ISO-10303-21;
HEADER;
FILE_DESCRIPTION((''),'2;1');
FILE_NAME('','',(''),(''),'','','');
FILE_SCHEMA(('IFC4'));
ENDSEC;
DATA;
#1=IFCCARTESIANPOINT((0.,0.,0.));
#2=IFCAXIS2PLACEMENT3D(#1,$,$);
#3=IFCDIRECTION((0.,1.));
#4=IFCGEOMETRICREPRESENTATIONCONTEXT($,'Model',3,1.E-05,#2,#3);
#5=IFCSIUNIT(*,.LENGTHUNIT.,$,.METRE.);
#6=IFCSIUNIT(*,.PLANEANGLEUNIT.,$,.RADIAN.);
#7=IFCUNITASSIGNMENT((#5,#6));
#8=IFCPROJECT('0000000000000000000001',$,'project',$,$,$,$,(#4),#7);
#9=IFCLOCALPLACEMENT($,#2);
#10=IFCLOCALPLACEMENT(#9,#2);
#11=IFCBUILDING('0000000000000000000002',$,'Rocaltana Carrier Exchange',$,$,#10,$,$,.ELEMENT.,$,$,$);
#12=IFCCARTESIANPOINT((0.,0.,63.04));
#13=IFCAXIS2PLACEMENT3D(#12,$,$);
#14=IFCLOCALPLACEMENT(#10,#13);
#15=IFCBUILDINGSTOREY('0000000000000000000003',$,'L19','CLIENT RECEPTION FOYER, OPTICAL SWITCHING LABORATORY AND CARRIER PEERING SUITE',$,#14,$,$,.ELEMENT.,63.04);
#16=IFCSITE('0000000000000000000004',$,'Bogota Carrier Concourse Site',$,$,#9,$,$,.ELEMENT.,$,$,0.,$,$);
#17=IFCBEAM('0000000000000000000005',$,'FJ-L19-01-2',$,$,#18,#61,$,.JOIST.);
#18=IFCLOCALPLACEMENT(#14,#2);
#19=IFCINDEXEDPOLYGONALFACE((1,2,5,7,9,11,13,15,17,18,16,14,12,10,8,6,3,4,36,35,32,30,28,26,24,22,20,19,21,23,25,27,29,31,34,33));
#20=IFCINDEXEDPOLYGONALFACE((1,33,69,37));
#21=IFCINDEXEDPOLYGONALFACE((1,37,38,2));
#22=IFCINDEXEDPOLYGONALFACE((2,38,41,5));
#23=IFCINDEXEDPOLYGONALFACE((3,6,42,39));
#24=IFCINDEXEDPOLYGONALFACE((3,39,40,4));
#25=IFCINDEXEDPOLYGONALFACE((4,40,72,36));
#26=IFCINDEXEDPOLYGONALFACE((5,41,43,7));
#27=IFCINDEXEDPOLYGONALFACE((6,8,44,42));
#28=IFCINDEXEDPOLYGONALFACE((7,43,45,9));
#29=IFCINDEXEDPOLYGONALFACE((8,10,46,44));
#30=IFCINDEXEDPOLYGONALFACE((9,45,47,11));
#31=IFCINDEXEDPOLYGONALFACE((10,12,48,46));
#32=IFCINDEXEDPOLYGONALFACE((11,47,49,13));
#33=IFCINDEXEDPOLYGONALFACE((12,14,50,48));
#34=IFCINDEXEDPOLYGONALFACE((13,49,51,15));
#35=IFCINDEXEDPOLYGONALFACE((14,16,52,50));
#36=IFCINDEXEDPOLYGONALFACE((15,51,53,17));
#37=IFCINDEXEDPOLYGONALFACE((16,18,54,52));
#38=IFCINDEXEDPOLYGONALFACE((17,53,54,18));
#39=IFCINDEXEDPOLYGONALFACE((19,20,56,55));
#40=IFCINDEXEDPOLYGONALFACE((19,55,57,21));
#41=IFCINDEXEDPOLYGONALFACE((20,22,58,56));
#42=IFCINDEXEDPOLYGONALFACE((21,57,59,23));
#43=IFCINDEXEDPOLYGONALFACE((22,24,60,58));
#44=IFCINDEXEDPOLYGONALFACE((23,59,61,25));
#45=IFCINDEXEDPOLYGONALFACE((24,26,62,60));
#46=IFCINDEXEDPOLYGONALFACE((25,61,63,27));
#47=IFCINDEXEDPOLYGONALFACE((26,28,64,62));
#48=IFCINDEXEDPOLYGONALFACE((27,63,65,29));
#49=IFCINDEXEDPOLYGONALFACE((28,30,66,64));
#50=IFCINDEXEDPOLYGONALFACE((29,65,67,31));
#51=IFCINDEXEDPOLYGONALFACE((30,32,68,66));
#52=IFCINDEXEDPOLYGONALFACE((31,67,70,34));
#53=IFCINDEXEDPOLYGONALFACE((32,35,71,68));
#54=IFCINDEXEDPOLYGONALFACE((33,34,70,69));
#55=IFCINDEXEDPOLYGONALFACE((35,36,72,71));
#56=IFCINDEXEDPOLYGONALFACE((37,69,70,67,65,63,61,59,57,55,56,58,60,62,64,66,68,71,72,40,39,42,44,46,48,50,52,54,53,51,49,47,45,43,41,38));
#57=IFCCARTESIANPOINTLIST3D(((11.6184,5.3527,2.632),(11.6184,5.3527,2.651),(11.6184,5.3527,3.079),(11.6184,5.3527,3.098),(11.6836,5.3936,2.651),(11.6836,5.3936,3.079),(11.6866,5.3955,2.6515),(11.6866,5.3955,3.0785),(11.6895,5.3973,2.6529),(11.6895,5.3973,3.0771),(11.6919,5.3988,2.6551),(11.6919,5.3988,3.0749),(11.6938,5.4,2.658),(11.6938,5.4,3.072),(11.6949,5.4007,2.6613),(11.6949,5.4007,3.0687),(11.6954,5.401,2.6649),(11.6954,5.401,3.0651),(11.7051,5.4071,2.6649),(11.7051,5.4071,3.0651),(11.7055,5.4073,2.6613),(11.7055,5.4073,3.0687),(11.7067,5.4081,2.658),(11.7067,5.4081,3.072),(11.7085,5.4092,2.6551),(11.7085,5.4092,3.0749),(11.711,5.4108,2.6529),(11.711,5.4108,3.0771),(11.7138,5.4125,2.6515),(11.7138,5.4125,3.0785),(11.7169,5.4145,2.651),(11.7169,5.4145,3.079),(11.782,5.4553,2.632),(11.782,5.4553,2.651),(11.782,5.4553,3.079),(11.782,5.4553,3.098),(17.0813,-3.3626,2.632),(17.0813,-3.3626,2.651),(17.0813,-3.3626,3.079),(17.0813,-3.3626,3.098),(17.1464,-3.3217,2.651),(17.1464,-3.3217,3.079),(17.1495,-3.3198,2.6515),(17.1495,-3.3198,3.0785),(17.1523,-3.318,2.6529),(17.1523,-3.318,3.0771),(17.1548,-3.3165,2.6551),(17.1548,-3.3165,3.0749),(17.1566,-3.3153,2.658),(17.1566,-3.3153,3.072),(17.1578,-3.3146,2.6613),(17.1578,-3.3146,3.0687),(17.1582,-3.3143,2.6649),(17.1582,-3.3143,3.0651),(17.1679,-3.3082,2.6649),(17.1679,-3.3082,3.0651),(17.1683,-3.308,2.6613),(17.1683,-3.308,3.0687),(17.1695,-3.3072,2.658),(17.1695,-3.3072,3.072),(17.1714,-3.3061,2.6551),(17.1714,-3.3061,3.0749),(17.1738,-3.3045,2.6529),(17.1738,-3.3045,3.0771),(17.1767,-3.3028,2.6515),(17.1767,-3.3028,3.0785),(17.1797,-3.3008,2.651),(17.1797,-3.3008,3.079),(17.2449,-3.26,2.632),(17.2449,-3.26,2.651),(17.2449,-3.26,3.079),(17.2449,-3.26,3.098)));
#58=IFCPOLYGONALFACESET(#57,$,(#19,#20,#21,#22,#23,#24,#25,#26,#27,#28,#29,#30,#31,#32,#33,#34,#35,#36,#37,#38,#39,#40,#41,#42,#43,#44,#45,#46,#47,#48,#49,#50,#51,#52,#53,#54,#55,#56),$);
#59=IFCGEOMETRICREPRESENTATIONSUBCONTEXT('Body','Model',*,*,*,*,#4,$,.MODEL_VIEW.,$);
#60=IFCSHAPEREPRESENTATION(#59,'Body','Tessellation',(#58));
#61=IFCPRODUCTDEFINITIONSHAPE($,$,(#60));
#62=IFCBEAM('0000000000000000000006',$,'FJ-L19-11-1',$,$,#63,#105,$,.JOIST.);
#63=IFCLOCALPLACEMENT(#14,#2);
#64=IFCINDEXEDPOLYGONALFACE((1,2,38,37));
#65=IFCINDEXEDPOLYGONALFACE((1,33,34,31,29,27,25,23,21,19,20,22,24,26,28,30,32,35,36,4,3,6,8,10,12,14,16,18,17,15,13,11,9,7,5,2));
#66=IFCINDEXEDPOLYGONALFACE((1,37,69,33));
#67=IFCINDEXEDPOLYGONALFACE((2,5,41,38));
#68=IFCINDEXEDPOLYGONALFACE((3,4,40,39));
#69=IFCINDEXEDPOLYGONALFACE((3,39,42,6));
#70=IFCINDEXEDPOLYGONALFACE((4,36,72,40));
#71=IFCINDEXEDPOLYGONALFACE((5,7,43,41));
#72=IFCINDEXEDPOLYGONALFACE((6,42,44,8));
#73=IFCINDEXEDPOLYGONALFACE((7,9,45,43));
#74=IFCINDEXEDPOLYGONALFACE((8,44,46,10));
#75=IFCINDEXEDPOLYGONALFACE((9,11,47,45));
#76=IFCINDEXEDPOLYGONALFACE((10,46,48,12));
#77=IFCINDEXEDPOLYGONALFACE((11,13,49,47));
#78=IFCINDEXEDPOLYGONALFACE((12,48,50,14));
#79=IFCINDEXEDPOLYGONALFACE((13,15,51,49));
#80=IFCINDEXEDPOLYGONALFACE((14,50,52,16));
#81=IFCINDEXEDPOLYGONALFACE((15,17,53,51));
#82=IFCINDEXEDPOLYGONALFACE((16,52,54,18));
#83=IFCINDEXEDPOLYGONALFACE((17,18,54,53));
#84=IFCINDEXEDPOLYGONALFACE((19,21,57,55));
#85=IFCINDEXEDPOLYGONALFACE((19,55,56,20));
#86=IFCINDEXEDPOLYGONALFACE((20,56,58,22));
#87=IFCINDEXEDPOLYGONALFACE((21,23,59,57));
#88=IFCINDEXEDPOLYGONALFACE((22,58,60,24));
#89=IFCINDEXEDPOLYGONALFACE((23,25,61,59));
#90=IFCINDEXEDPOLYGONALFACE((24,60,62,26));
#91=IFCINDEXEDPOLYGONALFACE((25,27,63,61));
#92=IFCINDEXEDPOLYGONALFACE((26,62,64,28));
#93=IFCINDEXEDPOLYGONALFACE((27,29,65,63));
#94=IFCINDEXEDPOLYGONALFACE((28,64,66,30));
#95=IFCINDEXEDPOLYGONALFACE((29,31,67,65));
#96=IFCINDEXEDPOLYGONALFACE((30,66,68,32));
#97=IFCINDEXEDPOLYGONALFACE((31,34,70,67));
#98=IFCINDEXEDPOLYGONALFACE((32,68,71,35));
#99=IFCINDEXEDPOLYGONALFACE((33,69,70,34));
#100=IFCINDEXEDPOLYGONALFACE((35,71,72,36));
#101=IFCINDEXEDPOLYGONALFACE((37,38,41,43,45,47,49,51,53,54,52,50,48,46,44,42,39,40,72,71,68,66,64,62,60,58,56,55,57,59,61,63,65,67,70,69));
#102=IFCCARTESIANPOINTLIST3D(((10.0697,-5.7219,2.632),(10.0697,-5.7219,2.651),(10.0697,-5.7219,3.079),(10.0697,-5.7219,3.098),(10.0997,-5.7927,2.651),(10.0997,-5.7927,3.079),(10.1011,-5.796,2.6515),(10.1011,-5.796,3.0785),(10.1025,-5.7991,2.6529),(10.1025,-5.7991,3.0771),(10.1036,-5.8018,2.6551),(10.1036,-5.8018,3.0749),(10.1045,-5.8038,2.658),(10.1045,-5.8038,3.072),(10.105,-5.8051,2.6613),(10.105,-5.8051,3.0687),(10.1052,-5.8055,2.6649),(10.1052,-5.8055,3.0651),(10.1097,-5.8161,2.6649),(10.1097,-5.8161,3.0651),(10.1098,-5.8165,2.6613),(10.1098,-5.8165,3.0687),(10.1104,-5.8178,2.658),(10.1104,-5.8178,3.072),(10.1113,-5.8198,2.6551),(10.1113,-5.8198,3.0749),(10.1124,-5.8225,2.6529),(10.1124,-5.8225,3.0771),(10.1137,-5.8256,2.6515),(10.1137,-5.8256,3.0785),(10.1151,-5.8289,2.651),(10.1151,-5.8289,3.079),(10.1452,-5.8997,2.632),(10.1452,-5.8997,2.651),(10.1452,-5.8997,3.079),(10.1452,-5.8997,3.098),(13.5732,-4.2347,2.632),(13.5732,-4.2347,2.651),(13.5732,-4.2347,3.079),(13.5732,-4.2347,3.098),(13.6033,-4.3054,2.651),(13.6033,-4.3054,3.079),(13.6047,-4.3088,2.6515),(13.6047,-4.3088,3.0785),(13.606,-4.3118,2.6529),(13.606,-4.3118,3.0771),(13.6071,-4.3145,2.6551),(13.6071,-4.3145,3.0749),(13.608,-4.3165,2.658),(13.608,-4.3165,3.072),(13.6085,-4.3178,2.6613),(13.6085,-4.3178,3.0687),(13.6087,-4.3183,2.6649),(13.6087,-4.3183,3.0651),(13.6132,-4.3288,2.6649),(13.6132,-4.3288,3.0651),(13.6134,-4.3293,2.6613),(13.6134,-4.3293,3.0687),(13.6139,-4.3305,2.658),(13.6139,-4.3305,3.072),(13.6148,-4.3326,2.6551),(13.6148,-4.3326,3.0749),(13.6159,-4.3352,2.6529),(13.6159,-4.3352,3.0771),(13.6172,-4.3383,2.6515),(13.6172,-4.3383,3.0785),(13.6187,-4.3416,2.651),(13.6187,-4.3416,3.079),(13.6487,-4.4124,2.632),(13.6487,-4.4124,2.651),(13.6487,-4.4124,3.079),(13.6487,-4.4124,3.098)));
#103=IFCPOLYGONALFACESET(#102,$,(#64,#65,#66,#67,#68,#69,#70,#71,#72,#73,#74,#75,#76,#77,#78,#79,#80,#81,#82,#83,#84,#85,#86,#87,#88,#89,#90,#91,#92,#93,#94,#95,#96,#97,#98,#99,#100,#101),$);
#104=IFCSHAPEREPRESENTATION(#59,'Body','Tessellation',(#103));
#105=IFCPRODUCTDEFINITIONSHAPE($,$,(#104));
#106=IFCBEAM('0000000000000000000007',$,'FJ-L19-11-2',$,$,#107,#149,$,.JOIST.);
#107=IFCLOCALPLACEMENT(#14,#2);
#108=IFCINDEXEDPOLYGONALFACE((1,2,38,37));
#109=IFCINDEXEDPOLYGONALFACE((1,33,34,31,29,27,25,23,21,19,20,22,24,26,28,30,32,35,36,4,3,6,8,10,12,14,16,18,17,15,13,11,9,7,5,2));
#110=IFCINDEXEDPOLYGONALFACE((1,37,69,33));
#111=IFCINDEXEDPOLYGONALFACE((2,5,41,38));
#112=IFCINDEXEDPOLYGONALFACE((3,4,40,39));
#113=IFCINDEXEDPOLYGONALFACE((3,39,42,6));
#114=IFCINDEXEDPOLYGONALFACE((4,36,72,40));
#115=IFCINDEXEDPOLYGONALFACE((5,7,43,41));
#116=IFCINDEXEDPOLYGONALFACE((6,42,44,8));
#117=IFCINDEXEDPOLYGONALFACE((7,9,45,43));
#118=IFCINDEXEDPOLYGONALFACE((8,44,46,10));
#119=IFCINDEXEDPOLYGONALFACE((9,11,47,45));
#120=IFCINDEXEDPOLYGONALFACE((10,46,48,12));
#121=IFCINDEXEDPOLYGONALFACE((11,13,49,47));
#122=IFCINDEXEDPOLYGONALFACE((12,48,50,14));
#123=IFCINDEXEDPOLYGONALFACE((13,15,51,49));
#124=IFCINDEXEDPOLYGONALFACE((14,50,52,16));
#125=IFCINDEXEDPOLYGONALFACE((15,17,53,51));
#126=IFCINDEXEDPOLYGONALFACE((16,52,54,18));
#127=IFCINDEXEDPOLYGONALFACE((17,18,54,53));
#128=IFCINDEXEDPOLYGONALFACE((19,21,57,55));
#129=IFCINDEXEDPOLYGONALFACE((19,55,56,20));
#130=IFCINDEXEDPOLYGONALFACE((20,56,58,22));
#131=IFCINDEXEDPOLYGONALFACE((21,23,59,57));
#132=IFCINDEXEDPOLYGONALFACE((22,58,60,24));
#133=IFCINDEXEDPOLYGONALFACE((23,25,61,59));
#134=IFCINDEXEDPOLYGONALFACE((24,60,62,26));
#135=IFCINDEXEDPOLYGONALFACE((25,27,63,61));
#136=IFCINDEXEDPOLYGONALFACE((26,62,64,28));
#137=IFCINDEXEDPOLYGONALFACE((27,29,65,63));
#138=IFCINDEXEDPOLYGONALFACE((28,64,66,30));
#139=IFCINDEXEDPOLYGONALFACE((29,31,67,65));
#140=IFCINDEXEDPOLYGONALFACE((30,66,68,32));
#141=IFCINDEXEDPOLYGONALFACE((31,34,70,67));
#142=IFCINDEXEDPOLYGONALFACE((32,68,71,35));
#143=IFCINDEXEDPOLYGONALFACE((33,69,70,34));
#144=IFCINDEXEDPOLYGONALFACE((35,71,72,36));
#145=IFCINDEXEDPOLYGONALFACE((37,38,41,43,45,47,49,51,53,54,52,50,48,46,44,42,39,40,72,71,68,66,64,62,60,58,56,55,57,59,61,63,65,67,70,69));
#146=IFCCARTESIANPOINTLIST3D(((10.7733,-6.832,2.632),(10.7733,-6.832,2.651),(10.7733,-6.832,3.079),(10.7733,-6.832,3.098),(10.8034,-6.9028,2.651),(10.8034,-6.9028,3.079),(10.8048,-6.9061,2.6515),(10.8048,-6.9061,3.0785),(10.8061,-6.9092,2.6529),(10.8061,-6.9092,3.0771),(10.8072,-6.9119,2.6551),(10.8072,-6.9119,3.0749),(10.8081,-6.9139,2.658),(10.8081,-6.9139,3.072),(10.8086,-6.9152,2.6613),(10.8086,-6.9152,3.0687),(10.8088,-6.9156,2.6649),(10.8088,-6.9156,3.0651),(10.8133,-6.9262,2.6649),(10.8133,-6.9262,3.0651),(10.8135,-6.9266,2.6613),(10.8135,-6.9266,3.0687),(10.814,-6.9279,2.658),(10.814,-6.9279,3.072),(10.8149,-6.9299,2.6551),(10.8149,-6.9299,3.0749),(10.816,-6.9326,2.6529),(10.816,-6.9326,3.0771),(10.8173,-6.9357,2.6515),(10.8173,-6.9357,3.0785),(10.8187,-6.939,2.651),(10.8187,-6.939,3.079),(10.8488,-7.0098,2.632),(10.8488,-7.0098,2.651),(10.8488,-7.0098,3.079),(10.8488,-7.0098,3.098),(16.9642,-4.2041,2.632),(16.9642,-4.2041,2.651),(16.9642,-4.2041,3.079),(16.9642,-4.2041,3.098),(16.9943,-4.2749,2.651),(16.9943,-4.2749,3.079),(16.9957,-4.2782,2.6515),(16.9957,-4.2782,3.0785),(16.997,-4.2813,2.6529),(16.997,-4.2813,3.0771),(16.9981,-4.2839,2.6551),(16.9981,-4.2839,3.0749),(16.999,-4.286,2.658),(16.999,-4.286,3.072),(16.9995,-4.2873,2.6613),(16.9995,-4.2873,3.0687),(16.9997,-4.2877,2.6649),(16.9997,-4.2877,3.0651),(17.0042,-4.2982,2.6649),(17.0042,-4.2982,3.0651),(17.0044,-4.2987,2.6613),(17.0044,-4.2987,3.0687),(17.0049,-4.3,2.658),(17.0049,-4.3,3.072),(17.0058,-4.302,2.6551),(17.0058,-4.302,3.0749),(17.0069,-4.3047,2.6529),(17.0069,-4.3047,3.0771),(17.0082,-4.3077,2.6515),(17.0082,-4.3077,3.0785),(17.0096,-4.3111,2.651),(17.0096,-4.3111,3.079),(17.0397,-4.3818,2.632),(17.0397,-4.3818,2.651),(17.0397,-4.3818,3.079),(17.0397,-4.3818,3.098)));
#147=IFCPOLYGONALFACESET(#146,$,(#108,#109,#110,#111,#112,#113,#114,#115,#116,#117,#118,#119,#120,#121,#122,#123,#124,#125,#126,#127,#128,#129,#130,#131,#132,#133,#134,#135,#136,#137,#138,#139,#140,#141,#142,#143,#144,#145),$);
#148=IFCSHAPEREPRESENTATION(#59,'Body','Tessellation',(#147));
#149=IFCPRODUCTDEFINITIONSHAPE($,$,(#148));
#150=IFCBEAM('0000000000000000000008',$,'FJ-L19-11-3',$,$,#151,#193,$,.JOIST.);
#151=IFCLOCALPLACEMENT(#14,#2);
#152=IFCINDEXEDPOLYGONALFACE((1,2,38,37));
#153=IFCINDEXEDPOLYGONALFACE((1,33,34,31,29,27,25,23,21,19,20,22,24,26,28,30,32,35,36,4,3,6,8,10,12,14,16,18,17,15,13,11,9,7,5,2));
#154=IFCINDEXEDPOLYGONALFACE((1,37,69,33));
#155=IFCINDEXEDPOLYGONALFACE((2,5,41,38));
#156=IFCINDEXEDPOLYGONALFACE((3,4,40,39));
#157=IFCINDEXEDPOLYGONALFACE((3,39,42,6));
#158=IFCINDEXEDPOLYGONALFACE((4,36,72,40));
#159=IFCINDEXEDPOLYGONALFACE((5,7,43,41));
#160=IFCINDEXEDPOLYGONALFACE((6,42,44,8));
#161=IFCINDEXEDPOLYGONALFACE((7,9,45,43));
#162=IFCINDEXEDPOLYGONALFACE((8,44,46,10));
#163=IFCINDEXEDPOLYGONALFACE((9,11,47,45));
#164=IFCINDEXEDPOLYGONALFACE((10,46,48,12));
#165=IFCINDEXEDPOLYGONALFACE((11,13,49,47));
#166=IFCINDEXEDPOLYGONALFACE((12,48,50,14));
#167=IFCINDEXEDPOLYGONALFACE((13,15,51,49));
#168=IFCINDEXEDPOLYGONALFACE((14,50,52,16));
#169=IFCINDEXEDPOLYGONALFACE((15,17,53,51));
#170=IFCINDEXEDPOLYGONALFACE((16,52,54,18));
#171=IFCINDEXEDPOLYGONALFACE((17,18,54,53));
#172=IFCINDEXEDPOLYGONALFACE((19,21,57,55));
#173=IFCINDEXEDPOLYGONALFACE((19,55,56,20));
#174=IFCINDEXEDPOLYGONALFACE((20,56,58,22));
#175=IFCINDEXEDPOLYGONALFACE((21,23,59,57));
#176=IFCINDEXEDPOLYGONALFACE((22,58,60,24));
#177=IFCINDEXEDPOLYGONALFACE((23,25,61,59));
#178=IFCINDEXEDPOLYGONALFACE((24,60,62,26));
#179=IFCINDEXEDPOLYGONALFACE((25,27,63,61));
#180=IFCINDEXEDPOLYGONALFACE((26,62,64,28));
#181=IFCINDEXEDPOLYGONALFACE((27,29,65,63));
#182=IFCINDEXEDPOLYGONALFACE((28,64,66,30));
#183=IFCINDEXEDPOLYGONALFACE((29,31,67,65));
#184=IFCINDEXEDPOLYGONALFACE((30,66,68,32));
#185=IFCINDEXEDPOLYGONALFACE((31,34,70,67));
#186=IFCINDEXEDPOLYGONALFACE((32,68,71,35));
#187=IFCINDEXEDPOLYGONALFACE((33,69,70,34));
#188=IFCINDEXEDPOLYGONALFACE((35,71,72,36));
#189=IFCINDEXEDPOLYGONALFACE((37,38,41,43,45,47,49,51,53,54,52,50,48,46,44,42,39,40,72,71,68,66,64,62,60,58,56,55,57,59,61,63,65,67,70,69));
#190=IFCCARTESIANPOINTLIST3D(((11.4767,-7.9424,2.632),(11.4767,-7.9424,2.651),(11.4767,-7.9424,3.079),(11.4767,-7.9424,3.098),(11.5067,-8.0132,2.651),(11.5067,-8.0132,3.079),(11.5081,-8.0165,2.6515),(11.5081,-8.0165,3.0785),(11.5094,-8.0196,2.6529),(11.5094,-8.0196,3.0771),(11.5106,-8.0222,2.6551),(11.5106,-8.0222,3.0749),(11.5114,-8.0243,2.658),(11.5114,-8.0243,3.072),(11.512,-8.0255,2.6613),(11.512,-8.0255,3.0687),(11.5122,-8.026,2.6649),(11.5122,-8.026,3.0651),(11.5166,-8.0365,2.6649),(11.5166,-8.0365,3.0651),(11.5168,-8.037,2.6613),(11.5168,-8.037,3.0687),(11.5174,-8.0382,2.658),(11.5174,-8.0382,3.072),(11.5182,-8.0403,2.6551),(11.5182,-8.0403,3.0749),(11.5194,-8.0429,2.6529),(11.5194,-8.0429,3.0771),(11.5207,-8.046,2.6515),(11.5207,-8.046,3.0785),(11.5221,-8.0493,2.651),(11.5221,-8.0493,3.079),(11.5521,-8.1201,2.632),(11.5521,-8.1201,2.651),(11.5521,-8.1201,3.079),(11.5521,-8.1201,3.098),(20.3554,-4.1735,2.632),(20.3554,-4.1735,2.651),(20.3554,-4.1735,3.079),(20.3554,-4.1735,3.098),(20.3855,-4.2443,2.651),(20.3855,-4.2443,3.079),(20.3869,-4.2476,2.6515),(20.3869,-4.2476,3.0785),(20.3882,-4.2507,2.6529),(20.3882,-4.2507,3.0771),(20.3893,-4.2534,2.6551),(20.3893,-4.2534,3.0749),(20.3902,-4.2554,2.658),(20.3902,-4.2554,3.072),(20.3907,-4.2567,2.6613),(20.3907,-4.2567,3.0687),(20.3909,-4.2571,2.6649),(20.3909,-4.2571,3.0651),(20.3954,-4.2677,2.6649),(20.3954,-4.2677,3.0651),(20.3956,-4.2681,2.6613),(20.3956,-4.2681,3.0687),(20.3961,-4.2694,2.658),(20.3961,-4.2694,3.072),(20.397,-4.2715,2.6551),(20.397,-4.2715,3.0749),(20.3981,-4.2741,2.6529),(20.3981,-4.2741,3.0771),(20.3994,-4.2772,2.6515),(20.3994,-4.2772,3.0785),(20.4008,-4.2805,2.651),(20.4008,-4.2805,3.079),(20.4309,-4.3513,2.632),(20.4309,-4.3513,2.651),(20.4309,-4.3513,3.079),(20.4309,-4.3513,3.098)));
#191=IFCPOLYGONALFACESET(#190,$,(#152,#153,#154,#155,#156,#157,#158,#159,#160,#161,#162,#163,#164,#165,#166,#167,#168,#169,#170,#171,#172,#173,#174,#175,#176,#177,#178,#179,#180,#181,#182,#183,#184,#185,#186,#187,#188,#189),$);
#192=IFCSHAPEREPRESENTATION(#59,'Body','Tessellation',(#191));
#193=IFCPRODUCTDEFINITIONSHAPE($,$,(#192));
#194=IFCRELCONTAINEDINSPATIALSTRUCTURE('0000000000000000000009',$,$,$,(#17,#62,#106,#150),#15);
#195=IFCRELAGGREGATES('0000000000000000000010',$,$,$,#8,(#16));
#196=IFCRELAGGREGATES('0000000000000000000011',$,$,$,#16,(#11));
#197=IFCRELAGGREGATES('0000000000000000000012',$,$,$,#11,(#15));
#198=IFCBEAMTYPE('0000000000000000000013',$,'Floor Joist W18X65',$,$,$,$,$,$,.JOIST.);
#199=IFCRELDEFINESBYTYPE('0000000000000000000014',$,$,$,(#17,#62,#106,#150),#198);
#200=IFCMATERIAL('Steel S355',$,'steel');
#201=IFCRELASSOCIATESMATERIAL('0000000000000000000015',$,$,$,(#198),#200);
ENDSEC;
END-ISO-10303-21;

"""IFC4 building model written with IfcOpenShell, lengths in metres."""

from ifc_helpers import new_model, si_unit, direction, frame, origin, origin_2d, place, context, subcontext, project, spatial, i_section, extrude, material, material_profile, profile_set, type_object, element, save


model = new_model("IFC4")

# Units and contexts
model_context = context("Model", 3, precision=1e-05, world=origin(), true_north=direction((0.0, 1.0)))
body_context = subcontext(model_context, "Body", "Model", "MODEL_VIEW")
ifc_project = project(units=[si_unit("LENGTHUNIT", "METRE"), si_unit("PLANEANGLEUNIT", "RADIAN")], contexts=[model_context])

# Site, building, storey
site_placement = place(None, origin())
site = spatial("IfcSite", under=ifc_project, at=site_placement, Name="Bogota Carrier Concourse Site", CompositionType="ELEMENT", RefElevation=0.0)
building_placement = place(site_placement, origin())
building = spatial("IfcBuilding", under=site, at=building_placement, Name="Rocaltana Carrier Exchange", CompositionType="ELEMENT")
storey_placement = place(building_placement, frame((0.0, 0.0, 63.04)))
storey = spatial("IfcBuildingStorey", under=building, at=storey_placement, Name="L19", Description="CLIENT RECEPTION FOYER, OPTICAL SWITCHING LABORATORY AND CARRIER PEERING SUITE", CompositionType="ELEMENT", Elevation=63.04)

# Beams
ifc_material_1 = material(Name="Steel S355", Category="steel")
ifc_material_profile_1 = material_profile(ifc_material_1, i_section(OverallWidth=0.1931, OverallDepth=0.4661, WebThickness=0.0115, FlangeThickness=0.019, FilletRadius=0.0139, at=origin_2d()), Name="W18X65")
ifc_profile_set_1 = profile_set([ifc_material_profile_1], Name="Steel S355")
beam_type_1 = type_object("IfcBeamType", Name="Floor Joist W18X65", PredefinedType="JOIST", material=ifc_profile_set_1)
beam_1_placement = place(storey_placement, frame((17.1631, -3.3113, 2.865), z_axis=(-0.531104, 0.847307, 0.0), x_axis=(-0.847307, -0.531104, 0.0)))
element("IfcBeam", 1, at=beam_1_placement, inside=storey, type_object=beam_type_1, Name="FJ-L19-01-2", PredefinedType="JOIST", context=body_context, shape_type="SweptSolid", body=[
    extrude(i_section(OverallWidth=0.1931, OverallDepth=0.4661, WebThickness=0.0115, FlangeThickness=0.019, FilletRadius=0.0139, at=origin_2d()), origin(), (0.0, 0.0, 1.0), 10.2859),
])
beam_2_placement = place(storey_placement, frame((10.1074, -5.8108, 2.865), z_axis=(0.920497, 0.390751, 0.0), x_axis=(-0.390751, 0.920497, 0.0)))
element("IfcBeam", 2, at=beam_2_placement, inside=storey, type_object=beam_type_1, Name="FJ-L19-11-1", PredefinedType="JOIST", context=body_context, shape_type="SweptSolid", body=[
    extrude(i_section(OverallWidth=0.1931, OverallDepth=0.4661, WebThickness=0.0115, FlangeThickness=0.019, FilletRadius=0.0139, at=origin_2d()), origin(), (0.0, 0.0, 1.0), 3.8062),
])
beam_3_placement = place(storey_placement, frame((10.811, -6.9209, 2.865), z_axis=(0.920503, 0.390736, 0.0), x_axis=(-0.390736, 0.920503, 0.0)))
element("IfcBeam", 3, at=beam_3_placement, inside=storey, type_object=beam_type_1, Name="FJ-L19-11-2", PredefinedType="JOIST", context=body_context, shape_type="SweptSolid", body=[
    extrude(i_section(OverallWidth=0.1931, OverallDepth=0.4661, WebThickness=0.0115, FlangeThickness=0.019, FilletRadius=0.0139, at=origin_2d()), origin(), (0.0, 0.0, 1.0), 6.7256),
])
beam_4_placement = place(storey_placement, frame((11.5144, -8.0312, 2.865), z_axis=(0.920504, 0.390734, 0.0), x_axis=(-0.390734, 0.920504, 0.0)))
element("IfcBeam", 4, at=beam_4_placement, inside=storey, type_object=beam_type_1, Name="FJ-L19-11-3", PredefinedType="JOIST", context=body_context, shape_type="SweptSolid", body=[
    extrude(i_section(OverallWidth=0.1931, OverallDepth=0.4661, WebThickness=0.0115, FlangeThickness=0.019, FilletRadius=0.0139, at=origin_2d()), origin(), (0.0, 0.0, 1.0), 9.6455),
])

save(model, "model.ifc")
